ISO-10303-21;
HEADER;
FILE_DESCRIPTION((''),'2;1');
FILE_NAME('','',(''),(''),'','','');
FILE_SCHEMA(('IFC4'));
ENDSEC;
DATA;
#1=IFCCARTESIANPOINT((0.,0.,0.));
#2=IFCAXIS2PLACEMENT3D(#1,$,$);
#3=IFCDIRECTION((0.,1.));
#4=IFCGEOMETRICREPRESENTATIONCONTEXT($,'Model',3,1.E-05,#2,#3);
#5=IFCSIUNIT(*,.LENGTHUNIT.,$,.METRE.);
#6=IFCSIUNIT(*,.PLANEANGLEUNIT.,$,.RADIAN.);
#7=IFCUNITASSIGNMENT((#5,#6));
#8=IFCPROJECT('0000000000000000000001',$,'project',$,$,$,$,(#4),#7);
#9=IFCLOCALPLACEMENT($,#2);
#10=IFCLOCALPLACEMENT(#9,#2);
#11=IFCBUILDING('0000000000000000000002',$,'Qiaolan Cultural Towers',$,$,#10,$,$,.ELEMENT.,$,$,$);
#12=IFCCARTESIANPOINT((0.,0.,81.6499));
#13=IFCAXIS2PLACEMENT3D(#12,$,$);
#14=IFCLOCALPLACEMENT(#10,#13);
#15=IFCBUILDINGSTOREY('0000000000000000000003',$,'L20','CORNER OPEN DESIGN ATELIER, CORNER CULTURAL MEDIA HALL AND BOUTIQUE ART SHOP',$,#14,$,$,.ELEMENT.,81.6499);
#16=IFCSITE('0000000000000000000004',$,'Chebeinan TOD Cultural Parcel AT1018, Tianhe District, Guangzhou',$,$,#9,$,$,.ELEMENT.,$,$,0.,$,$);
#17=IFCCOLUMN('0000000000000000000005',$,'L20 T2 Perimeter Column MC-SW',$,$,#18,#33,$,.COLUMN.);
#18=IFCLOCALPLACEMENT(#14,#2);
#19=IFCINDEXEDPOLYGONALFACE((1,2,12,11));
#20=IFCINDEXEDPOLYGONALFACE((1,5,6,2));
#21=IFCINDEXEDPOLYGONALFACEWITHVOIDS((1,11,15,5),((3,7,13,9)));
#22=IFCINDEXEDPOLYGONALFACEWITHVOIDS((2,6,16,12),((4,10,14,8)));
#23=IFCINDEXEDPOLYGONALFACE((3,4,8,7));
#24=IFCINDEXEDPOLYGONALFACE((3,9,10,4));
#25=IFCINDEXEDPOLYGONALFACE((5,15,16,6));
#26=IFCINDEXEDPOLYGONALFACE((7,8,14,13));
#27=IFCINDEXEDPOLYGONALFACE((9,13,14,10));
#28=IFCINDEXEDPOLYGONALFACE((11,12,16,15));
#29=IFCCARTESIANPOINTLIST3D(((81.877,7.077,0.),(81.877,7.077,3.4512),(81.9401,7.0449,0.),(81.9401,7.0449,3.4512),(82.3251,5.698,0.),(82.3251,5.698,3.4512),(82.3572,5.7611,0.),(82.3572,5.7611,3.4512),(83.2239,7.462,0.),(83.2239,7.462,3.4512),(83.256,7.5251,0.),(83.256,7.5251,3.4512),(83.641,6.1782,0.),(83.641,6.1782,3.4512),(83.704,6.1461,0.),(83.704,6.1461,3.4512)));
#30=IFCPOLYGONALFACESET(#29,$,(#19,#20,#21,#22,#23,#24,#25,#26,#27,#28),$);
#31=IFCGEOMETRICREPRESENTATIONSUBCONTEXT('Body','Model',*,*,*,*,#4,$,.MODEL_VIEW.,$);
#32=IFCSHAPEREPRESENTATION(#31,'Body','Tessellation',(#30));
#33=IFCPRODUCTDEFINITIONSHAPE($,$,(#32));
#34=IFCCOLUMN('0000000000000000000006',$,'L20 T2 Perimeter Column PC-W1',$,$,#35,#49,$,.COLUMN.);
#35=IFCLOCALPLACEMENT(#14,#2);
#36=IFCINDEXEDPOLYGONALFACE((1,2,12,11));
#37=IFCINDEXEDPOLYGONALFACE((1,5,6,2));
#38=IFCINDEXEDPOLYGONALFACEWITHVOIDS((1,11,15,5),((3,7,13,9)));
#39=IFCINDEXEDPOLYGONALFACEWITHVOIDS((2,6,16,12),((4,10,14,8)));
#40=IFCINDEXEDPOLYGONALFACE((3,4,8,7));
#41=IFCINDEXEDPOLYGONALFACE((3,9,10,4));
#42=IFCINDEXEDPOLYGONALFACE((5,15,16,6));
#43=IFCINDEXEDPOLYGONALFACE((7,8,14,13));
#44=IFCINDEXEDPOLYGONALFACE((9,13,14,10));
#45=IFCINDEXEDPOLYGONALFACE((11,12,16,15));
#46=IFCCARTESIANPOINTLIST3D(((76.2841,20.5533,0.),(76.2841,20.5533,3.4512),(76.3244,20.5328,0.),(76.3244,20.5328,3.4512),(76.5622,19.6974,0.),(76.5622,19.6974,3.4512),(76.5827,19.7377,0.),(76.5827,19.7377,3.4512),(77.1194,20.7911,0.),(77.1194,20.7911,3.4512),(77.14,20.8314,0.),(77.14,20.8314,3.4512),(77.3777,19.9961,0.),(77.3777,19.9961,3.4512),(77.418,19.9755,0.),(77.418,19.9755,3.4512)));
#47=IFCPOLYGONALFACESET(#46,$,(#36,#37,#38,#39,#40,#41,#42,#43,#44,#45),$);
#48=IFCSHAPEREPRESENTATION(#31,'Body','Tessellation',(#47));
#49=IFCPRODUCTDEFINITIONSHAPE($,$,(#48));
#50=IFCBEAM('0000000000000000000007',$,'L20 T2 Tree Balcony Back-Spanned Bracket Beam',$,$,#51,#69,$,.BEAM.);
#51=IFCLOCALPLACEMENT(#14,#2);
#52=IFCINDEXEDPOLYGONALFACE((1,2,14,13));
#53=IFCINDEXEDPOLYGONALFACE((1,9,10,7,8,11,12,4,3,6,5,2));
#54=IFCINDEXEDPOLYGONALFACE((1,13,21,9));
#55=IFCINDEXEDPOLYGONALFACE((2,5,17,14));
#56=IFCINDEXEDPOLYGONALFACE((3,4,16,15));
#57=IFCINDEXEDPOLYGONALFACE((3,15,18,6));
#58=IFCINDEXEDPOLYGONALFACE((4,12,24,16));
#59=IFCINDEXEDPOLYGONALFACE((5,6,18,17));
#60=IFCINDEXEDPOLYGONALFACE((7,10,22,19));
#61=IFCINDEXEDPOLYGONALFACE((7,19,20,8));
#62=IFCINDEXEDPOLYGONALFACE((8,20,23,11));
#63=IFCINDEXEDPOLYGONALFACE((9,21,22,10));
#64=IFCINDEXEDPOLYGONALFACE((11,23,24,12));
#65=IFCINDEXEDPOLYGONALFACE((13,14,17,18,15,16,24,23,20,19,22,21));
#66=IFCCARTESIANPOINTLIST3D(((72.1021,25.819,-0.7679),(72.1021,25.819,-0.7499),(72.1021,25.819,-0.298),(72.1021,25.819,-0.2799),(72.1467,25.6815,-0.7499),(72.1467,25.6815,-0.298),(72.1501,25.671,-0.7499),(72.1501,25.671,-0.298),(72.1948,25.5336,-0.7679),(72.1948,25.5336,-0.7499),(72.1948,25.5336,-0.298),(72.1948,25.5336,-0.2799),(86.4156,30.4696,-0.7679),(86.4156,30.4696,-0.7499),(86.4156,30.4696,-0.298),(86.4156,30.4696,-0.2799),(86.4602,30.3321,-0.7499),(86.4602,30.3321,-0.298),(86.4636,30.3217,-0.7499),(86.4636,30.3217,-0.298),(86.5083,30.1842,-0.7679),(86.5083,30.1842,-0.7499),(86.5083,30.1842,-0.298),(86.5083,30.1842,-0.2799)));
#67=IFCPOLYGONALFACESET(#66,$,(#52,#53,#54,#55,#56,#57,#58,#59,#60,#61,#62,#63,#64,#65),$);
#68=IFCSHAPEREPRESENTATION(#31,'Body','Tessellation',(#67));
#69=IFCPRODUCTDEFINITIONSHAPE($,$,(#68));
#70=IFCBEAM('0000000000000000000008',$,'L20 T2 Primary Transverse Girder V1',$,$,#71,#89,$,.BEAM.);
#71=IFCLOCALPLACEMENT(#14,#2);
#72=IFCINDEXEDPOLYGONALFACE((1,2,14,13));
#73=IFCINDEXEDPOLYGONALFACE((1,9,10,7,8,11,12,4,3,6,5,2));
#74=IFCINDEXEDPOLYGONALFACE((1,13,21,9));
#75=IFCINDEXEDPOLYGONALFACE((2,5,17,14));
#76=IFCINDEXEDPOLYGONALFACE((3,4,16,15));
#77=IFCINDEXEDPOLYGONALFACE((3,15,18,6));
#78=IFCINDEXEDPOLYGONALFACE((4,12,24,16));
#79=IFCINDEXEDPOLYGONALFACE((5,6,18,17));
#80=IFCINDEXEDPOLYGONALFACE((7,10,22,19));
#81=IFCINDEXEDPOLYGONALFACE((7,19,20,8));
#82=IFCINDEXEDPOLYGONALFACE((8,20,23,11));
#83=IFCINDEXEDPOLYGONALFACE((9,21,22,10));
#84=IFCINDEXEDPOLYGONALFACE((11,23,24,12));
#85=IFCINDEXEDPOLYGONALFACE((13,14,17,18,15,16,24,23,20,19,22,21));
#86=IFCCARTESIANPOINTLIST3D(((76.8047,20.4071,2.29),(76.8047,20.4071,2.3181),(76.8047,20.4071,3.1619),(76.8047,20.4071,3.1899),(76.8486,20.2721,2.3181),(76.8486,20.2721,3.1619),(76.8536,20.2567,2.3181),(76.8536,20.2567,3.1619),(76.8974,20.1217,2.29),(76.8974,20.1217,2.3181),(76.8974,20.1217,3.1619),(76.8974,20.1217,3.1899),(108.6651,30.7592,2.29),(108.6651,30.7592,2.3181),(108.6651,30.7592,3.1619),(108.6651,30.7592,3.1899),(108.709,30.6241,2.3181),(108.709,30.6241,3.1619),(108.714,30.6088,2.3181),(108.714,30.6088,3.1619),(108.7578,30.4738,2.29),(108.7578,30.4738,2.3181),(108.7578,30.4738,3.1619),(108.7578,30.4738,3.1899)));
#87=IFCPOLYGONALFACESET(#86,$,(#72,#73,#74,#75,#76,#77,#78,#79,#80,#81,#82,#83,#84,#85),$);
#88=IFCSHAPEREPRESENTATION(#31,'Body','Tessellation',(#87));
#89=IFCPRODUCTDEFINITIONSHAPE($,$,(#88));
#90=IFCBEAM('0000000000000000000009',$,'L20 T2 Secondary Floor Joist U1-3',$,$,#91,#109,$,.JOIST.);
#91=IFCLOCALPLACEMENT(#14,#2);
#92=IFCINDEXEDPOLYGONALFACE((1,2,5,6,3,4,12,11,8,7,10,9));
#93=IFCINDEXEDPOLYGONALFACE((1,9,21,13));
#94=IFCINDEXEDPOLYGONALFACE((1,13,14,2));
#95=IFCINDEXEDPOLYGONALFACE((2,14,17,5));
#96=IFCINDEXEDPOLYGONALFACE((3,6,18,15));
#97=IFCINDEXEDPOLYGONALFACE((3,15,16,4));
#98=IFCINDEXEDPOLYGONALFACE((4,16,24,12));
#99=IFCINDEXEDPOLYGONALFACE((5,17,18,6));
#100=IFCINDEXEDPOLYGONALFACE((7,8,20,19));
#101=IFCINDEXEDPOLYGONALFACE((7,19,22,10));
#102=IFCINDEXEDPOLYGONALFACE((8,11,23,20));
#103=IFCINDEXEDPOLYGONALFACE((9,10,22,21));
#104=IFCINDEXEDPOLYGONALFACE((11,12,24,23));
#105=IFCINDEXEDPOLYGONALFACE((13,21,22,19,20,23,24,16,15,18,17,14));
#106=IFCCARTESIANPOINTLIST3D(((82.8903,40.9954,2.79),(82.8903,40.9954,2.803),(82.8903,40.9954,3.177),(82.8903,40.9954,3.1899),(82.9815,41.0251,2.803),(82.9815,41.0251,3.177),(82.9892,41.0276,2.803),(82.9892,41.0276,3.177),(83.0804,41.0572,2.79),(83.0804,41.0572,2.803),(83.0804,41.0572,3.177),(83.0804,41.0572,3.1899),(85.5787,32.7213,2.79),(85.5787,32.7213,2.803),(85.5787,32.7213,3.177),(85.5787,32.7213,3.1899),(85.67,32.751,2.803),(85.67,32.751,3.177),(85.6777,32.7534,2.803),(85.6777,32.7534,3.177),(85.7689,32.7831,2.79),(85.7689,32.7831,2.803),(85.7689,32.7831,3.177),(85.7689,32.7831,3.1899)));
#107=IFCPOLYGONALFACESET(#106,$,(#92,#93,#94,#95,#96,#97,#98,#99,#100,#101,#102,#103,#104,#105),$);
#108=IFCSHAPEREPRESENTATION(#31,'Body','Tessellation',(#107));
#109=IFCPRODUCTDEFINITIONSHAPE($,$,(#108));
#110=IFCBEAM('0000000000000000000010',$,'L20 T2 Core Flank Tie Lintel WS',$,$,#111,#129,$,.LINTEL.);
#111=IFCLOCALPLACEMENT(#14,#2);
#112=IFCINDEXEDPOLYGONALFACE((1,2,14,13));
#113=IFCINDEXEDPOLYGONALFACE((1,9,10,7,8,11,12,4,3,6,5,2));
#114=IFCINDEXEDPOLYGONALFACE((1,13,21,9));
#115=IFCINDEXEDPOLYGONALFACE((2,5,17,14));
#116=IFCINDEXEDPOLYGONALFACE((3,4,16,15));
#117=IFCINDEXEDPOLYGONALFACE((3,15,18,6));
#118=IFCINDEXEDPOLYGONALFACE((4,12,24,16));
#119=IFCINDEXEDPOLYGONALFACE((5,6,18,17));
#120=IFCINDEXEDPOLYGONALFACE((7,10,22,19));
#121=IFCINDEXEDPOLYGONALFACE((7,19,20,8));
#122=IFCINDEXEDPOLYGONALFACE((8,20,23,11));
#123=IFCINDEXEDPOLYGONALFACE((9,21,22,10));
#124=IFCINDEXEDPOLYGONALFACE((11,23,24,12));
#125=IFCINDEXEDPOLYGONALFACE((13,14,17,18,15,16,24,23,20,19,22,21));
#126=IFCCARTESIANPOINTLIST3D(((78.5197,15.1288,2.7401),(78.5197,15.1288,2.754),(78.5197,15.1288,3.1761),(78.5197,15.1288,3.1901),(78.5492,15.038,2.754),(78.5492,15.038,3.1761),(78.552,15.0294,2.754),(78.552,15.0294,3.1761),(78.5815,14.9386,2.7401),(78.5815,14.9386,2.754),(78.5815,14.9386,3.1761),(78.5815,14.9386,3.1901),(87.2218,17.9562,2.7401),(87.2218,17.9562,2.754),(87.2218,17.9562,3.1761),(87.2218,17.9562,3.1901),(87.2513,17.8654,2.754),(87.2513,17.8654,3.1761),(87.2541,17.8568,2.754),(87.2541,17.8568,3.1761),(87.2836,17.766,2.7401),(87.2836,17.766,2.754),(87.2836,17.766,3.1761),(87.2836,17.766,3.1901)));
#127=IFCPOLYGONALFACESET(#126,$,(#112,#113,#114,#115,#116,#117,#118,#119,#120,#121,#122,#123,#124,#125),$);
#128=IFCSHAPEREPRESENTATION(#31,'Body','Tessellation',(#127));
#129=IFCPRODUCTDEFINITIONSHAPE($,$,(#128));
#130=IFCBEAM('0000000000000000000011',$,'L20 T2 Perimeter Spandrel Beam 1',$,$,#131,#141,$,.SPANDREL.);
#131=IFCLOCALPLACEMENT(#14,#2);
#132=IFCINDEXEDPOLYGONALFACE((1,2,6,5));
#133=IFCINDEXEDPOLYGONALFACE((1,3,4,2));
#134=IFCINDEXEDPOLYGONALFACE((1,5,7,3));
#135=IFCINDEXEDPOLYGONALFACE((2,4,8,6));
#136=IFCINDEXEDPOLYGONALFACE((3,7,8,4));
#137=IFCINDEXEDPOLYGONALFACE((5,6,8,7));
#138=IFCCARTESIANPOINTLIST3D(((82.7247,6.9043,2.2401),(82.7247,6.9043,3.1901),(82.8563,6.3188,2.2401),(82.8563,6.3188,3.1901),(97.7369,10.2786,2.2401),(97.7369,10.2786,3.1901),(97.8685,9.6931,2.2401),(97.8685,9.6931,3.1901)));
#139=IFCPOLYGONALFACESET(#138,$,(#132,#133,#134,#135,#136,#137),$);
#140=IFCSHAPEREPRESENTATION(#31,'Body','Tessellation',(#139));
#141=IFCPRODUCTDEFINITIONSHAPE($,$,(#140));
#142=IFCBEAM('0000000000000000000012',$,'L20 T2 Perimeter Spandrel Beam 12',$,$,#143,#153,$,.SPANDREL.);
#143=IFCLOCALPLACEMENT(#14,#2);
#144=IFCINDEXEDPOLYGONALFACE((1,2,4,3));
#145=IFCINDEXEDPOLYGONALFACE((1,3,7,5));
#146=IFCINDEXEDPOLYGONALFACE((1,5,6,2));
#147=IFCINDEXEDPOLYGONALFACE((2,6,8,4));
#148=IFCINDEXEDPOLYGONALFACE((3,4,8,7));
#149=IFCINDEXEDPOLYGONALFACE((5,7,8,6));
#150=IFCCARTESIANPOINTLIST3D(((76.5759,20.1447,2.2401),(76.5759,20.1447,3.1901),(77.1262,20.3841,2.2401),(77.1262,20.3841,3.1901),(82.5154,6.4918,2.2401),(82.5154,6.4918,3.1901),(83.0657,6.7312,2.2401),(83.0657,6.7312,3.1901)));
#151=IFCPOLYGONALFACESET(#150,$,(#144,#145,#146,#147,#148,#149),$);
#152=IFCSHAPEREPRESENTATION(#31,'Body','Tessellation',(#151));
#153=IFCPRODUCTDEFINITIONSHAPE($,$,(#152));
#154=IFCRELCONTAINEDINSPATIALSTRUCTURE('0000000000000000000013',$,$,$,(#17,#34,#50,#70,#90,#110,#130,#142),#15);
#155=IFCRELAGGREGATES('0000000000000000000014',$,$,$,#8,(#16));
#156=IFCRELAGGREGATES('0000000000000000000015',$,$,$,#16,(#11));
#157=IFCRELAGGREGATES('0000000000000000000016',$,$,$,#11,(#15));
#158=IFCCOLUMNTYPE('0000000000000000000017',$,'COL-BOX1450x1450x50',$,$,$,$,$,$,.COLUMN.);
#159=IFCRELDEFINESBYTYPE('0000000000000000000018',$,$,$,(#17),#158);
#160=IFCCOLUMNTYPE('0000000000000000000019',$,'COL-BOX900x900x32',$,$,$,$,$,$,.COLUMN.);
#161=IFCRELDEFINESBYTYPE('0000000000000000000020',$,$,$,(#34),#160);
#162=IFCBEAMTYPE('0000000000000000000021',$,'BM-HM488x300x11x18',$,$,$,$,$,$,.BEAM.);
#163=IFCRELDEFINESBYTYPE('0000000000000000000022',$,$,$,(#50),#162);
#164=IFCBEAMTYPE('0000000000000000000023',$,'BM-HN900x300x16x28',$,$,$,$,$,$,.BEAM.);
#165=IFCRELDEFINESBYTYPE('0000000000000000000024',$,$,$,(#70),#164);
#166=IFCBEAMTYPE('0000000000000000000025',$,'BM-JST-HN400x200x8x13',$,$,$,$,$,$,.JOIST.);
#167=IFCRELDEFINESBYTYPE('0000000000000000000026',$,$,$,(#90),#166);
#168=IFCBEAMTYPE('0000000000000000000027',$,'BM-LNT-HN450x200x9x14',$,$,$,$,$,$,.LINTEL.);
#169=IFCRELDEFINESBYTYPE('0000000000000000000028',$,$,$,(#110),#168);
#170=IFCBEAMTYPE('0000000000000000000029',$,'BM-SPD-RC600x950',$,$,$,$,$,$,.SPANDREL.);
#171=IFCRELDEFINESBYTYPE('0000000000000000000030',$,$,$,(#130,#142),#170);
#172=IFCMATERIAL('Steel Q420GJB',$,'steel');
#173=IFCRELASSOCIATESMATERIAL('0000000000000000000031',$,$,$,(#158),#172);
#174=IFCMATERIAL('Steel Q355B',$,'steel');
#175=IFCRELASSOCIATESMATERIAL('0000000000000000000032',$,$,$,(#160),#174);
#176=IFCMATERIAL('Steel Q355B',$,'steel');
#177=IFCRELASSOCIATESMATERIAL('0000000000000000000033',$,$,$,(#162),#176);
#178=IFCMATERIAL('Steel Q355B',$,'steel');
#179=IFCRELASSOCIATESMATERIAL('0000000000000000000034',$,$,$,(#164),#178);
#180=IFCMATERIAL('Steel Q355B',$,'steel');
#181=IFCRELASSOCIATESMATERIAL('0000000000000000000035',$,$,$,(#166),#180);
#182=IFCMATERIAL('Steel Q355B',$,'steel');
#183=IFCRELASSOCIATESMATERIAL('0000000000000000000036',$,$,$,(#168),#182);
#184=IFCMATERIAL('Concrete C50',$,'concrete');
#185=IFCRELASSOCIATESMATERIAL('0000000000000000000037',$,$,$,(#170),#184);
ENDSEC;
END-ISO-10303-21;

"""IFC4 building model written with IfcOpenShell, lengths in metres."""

from ifc_helpers import new_model, si_unit, direction, frame, origin, origin_2d, place, context, subcontext, project, spatial, rectangle, hollow_rectangle, i_section, extrude, material, material_profile, profile_set, type_object, element, save


model = new_model("IFC4")

# Units and contexts
model_context = context("Model", 3, precision=1e-05, world=origin(), true_north=direction((0.0, 1.0)))
body_context = subcontext(model_context, "Body", "Model", "MODEL_VIEW")
ifc_project = project(units=[si_unit("LENGTHUNIT", "METRE"), si_unit("PLANEANGLEUNIT", "RADIAN")], contexts=[model_context])

# Site, building, storey
site_placement = place(None, origin())
site = spatial("IfcSite", under=ifc_project, at=site_placement, Name="Chebeinan TOD Cultural Parcel AT1018, Tianhe District, Guangzhou", CompositionType="ELEMENT", RefElevation=0.0)
building_placement = place(site_placement, origin())
building = spatial("IfcBuilding", under=site, at=building_placement, Name="Qiaolan Cultural Towers", CompositionType="ELEMENT")
storey_placement = place(building_placement, frame((0.0, 0.0, 81.6499)))
storey = spatial("IfcBuildingStorey", under=building, at=storey_placement, Name="L20", Description="CORNER OPEN DESIGN ATELIER, CORNER CULTURAL MEDIA HALL AND BOUTIQUE ART SHOP", CompositionType="ELEMENT", Elevation=81.6499)

# Columns
ifc_material_1 = material(Name="Steel Q420GJB", Category="steel")
ifc_material_profile_1 = material_profile(ifc_material_1, hollow_rectangle(XDim=1.45, YDim=1.45, WallThickness=0.05, at=origin_2d()), Name="BOX1450x1450x50")
ifc_profile_set_1 = profile_set([ifc_material_profile_1], Name="Steel Q420GJB")
column_type_1 = type_object("IfcColumnType", Name="COL-BOX1450x1450x50", PredefinedType="COLUMN", material=ifc_profile_set_1)
column_1_placement = place(storey_placement, frame((82.7905, 6.6116, 0.0), z_axis=(0.0, 0.0, 1.0), x_axis=(0.951057, 0.309017, 0.0)))
element("IfcColumn", 1, at=column_1_placement, inside=storey, type_object=column_type_1, Name="L20 T2 Perimeter Column MC-SW", PredefinedType="COLUMN", context=body_context, shape_type="SweptSolid", body=[
    extrude(hollow_rectangle(XDim=1.45, YDim=1.45, WallThickness=0.05, at=origin_2d()), origin(), (0.0, 0.0, 1.0), 3.4512),
])
ifc_material_2 = material(Name="Steel Q355B", Category="steel")
ifc_material_profile_2 = material_profile(ifc_material_2, hollow_rectangle(XDim=0.8999, YDim=0.8999, WallThickness=0.032, at=origin_2d()), Name="BOX900x900x32")
ifc_profile_set_2 = profile_set([ifc_material_profile_2], Name="Steel Q355B")
column_type_2 = type_object("IfcColumnType", Name="COL-BOX900x900x32", PredefinedType="COLUMN", material=ifc_profile_set_2)
column_2_placement = place(storey_placement, frame((76.8511, 20.2644, 0.0), z_axis=(0.0, 0.0, 1.0), x_axis=(0.951057, 0.309017, 0.0)))
element("IfcColumn", 2, at=column_2_placement, inside=storey, type_object=column_type_2, Name="L20 T2 Perimeter Column PC-W1", PredefinedType="COLUMN", context=body_context, shape_type="SweptSolid", body=[
    extrude(hollow_rectangle(XDim=0.8999, YDim=0.8999, WallThickness=0.032, at=origin_2d()), origin(), (0.0, 0.0, 1.0), 3.4512),
])

# Beams
ifc_material_3 = material(Name="Steel Q355B", Category="steel")
ifc_material_profile_3 = material_profile(ifc_material_3, i_section(OverallWidth=0.3, OverallDepth=0.488, WebThickness=0.011, FlangeThickness=0.0181, at=origin_2d()), Name="HM488x300x11x18")
ifc_profile_set_3 = profile_set([ifc_material_profile_3], Name="Steel Q355B")
beam_type_1 = type_object("IfcBeamType", Name="BM-HM488x300x11x18", PredefinedType="BEAM", material=ifc_profile_set_3)
beam_1_placement = place(storey_placement, frame((86.4619, 30.3269, -0.5239), z_axis=(-0.951058, -0.309011, 0.0), x_axis=(0.309011, -0.951058, 0.0)))
element("IfcBeam", 3, at=beam_1_placement, inside=storey, type_object=beam_type_1, Name="L20 T2 Tree Balcony Back-Spanned Bracket Beam", PredefinedType="BEAM", context=body_context, shape_type="SweptSolid", body=[
    extrude(i_section(OverallWidth=0.3, OverallDepth=0.488, WebThickness=0.011, FlangeThickness=0.0181, at=origin_2d()), origin(), (0.0, 0.0, 1.0), 15.05),
])
ifc_material_4 = material(Name="Steel Q355B", Category="steel")
ifc_material_profile_4 = material_profile(ifc_material_4, i_section(OverallWidth=0.3, OverallDepth=0.8999, WebThickness=0.0161, FlangeThickness=0.0281, at=origin_2d()), Name="HN900x300x16x28")
ifc_profile_set_4 = profile_set([ifc_material_profile_4], Name="Steel Q355B")
beam_type_2 = type_object("IfcBeamType", Name="BM-HN900x300x16x28", PredefinedType="BEAM", material=ifc_profile_set_4)
beam_2_placement = place(storey_placement, frame((76.8511, 20.2644, 2.74), z_axis=(0.951057, 0.309017, 0.0), x_axis=(-0.309017, 0.951057, 0.0)))
element("IfcBeam", 4, at=beam_2_placement, inside=storey, type_object=beam_type_2, Name="L20 T2 Primary Transverse Girder V1", PredefinedType="BEAM", context=body_context, shape_type="SweptSolid", body=[
    extrude(i_section(OverallWidth=0.3, OverallDepth=0.8999, WebThickness=0.0161, FlangeThickness=0.0281, at=origin_2d()), origin(), (0.0, 0.0, 1.0), 33.5),
])
ifc_material_5 = material(Name="Steel Q355B", Category="steel")
ifc_material_profile_5 = material_profile(ifc_material_5, i_section(OverallWidth=0.2, OverallDepth=0.3999, WebThickness=0.0081, FlangeThickness=0.0129, at=origin_2d()), Name="HN400x200x8x13")
ifc_profile_set_5 = profile_set([ifc_material_profile_5], Name="Steel Q355B")
beam_type_3 = type_object("IfcBeamType", Name="BM-JST-HN400x200x8x13", PredefinedType="JOIST", material=ifc_profile_set_5)
beam_3_placement = place(storey_placement, frame((85.6738, 32.7522, 2.99), z_axis=(-0.309021, 0.951055, 0.0), x_axis=(-0.951055, -0.309021, 0.0)))
element("IfcBeam", 5, at=beam_3_placement, inside=storey, type_object=beam_type_3, Name="L20 T2 Secondary Floor Joist U1-3", PredefinedType="JOIST", context=body_context, shape_type="SweptSolid", body=[
    extrude(i_section(OverallWidth=0.2, OverallDepth=0.3999, WebThickness=0.0081, FlangeThickness=0.0129, at=origin_2d()), origin(), (0.0, 0.0, 1.0), 8.7),
])
ifc_material_6 = material(Name="Steel Q355B", Category="steel")
ifc_material_profile_6 = material_profile(ifc_material_6, i_section(OverallWidth=0.2, OverallDepth=0.45, WebThickness=0.009, FlangeThickness=0.0139, at=origin_2d()), Name="HN450x200x9x14")
ifc_profile_set_6 = profile_set([ifc_material_profile_6], Name="Steel Q355B")
beam_type_4 = type_object("IfcBeamType", Name="BM-LNT-HN450x200x9x14", PredefinedType="LINTEL", material=ifc_profile_set_6)
beam_4_placement = place(storey_placement, frame((87.2527, 17.8611, 2.9651), z_axis=(-0.95106, -0.309006, 0.0), x_axis=(0.309006, -0.95106, 0.0)))
element("IfcBeam", 6, at=beam_4_placement, inside=storey, type_object=beam_type_4, Name="L20 T2 Core Flank Tie Lintel WS", PredefinedType="LINTEL", context=body_context, shape_type="SweptSolid", body=[
    extrude(i_section(OverallWidth=0.2, OverallDepth=0.45, WebThickness=0.009, FlangeThickness=0.0139, at=origin_2d()), origin(), (0.0, 0.0, 1.0), 9.1499),
])
ifc_material_7 = material(Name="Concrete C50", Category="concrete")
ifc_material_profile_7 = material_profile(ifc_material_7, rectangle(XDim=0.6001, YDim=0.95, at=origin_2d()), Name="RC600x950")
ifc_profile_set_7 = profile_set([ifc_material_profile_7], Name="Concrete C50")
beam_type_5 = type_object("IfcBeamType", Name="BM-SPD-RC600x950", PredefinedType="SPANDREL", material=ifc_profile_set_7)
beam_5_placement = place(storey_placement, frame((82.7905, 6.6116, 2.7151), z_axis=(0.975658, 0.219297, 0.0), x_axis=(-0.219297, 0.975658, 0.0)))
element("IfcBeam", 7, at=beam_5_placement, inside=storey, type_object=beam_type_5, Name="L20 T2 Perimeter Spandrel Beam 1", PredefinedType="SPANDREL", context=body_context, shape_type="SweptSolid", body=[
    extrude(rectangle(XDim=0.6001, YDim=0.95, at=origin_2d()), origin(), (0.0, 0.0, 1.0), 15.3867),
])
beam_6_placement = place(storey_placement, frame((76.8511, 20.2644, 2.7151), z_axis=(0.39892, -0.916986, 0.0), x_axis=(0.916986, 0.39892, 0.0)))
element("IfcBeam", 8, at=beam_6_placement, inside=storey, type_object=beam_type_5, Name="L20 T2 Perimeter Spandrel Beam 12", PredefinedType="SPANDREL", context=body_context, shape_type="SweptSolid", body=[
    extrude(rectangle(XDim=0.6001, YDim=0.95, at=origin_2d()), origin(), (0.0, 0.0, 1.0), 14.8889),
])

save(model, "model.ifc")
